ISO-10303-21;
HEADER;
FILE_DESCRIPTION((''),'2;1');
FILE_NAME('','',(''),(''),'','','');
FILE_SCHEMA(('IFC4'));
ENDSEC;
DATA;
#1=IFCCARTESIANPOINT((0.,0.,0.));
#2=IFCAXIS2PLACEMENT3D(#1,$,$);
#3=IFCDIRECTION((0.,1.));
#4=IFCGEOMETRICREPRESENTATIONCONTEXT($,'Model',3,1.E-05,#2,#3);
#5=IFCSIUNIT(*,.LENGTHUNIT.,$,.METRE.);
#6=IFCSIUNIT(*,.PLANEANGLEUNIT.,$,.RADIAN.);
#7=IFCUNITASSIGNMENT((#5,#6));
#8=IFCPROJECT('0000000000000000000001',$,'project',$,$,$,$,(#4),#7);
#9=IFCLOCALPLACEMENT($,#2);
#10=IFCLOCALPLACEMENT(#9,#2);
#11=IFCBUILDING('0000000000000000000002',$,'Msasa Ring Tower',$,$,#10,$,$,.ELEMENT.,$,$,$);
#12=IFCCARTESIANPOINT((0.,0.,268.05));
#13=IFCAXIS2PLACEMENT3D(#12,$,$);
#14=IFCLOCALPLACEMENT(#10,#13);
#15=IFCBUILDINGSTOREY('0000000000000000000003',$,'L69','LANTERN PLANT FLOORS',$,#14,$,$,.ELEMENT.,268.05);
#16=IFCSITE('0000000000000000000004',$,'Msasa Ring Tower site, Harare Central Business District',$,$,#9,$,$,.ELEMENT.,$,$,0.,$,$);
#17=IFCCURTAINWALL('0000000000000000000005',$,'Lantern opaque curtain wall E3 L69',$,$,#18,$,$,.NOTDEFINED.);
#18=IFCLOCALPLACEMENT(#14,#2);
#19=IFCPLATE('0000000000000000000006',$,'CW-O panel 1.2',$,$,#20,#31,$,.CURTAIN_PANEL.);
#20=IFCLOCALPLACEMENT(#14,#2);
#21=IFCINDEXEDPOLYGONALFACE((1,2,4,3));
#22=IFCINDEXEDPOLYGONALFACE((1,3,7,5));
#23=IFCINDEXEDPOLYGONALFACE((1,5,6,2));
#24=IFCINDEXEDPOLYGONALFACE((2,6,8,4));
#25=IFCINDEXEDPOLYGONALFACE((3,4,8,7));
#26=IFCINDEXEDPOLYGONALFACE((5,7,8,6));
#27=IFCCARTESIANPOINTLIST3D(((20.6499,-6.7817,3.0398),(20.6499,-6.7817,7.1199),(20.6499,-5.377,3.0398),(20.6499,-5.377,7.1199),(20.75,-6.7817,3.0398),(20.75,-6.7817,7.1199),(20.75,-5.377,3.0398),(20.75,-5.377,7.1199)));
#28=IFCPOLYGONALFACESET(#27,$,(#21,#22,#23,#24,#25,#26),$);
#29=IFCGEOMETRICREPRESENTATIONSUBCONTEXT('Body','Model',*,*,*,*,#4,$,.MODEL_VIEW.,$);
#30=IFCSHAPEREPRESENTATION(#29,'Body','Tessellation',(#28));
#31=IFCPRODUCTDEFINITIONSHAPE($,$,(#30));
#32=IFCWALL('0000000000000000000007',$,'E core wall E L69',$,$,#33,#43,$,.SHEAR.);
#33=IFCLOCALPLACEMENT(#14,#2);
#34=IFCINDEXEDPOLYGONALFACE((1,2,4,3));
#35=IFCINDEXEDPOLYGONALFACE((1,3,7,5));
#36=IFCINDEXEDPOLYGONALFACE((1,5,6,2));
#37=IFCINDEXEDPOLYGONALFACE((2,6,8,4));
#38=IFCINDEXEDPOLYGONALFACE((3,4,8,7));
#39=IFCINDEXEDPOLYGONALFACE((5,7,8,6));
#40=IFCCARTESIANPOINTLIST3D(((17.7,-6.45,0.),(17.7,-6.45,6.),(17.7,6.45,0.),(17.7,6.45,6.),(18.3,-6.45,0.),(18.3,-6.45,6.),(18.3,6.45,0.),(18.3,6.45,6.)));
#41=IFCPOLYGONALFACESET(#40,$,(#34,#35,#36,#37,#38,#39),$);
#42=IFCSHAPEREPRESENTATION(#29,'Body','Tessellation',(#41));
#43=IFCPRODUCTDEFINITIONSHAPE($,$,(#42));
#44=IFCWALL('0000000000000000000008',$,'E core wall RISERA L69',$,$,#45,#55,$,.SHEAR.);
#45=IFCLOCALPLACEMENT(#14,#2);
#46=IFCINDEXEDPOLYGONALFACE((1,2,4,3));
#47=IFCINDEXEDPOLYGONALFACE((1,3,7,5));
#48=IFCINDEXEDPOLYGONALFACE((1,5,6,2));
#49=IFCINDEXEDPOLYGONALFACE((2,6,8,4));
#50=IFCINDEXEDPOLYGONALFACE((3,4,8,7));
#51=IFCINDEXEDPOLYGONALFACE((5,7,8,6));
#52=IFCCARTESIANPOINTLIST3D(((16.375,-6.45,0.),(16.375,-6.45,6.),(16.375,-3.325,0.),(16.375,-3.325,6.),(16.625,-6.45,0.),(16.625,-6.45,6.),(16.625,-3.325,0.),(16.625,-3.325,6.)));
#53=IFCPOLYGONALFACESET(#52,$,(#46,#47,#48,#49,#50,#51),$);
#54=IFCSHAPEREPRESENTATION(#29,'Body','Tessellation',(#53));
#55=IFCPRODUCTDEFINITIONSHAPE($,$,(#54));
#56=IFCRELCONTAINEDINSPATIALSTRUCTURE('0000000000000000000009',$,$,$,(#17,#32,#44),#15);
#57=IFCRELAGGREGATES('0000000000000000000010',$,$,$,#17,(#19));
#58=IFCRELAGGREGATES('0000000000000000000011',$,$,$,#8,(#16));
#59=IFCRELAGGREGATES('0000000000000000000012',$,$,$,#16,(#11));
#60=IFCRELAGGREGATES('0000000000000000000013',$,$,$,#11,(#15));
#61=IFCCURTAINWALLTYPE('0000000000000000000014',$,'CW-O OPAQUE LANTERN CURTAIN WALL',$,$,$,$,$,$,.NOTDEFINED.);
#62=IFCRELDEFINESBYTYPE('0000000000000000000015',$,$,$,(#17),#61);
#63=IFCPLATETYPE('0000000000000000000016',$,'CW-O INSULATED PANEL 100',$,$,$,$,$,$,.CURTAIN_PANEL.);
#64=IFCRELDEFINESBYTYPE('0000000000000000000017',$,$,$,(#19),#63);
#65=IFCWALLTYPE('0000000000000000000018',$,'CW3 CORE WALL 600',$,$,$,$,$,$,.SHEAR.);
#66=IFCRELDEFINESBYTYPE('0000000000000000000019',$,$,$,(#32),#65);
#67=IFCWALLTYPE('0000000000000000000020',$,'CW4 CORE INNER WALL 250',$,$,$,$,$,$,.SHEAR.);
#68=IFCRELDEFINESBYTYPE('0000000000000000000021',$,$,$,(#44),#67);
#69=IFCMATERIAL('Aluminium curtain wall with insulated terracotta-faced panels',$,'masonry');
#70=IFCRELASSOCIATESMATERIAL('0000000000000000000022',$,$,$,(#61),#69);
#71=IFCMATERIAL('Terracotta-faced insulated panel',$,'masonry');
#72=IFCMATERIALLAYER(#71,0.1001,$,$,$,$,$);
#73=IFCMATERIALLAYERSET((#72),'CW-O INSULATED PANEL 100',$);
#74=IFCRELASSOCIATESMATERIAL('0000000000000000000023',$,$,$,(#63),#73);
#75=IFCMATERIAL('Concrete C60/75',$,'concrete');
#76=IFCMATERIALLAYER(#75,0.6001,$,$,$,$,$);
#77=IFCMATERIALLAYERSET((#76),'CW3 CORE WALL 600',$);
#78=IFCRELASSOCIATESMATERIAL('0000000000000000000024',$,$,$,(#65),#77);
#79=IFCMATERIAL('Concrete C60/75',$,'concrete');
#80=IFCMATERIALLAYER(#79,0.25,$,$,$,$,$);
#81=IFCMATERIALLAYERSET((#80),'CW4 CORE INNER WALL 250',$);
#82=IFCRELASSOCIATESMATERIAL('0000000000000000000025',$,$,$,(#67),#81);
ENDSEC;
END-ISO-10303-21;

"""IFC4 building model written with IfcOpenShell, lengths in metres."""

from ifc_helpers import new_model, si_unit, direction, frame, frame_2d, origin, origin_2d, place, context, subcontext, project, spatial, rectangle, extrude, material, layer, layer_set, type_object, element, aggregate, save


model = new_model("IFC4")

# Units and contexts
model_context = context("Model", 3, precision=1e-05, world=origin(), true_north=direction((0.0, 1.0)))
body_context = subcontext(model_context, "Body", "Model", "MODEL_VIEW")
ifc_project = project(units=[si_unit("LENGTHUNIT", "METRE"), si_unit("PLANEANGLEUNIT", "RADIAN")], contexts=[model_context])

# Site, building, storey
site_placement = place(None, origin())
site = spatial("IfcSite", under=ifc_project, at=site_placement, Name="Msasa Ring Tower site, Harare Central Business District", CompositionType="ELEMENT", RefElevation=0.0)
building_placement = place(site_placement, origin())
building = spatial("IfcBuilding", under=site, at=building_placement, Name="Msasa Ring Tower", CompositionType="ELEMENT")
storey_placement = place(building_placement, frame((0.0, 0.0, 268.05)))
storey = spatial("IfcBuildingStorey", under=building, at=storey_placement, Name="L69", Description="LANTERN PLANT FLOORS", CompositionType="ELEMENT", Elevation=268.05)

# Curtain wall
ifc_material_1 = material(Name="Aluminium curtain wall with insulated terracotta-faced panels", Category="masonry")
curtain_wall_type_1 = type_object("IfcCurtainWallType", Name="CW-O OPAQUE LANTERN CURTAIN WALL", PredefinedType="NOTDEFINED", material=ifc_material_1)
curtain_wall_1_placement = place(storey_placement, origin())
curtain_wall_1 = element("IfcCurtainWall", 1, at=curtain_wall_1_placement, inside=storey, type_object=curtain_wall_type_1, Name="Lantern opaque curtain wall E3 L69", PredefinedType="NOTDEFINED")

# Plate
ifc_material_2 = material(Name="Terracotta-faced insulated panel", Category="masonry")
ifc_layer_1 = layer(ifc_material_2, 0.1001)
ifc_layer_set_1 = layer_set([ifc_layer_1], Name="CW-O INSULATED PANEL 100")
plate_type_1 = type_object("IfcPlateType", Name="CW-O INSULATED PANEL 100", PredefinedType="CURTAIN_PANEL", material=ifc_layer_set_1)
plate_1_placement = place(storey_placement, frame((20.7, -6.0793, 3.0398), z_axis=(0.0, 0.0, 1.0), x_axis=(0.0, 1.0, 0.0)))
plate_1 = element("IfcPlate", 2, at=plate_1_placement, type_object=plate_type_1, Name="CW-O panel 1.2", PredefinedType="CURTAIN_PANEL", context=body_context, shape_type="SweptSolid", body=[
    extrude(rectangle(XDim=1.4048, YDim=0.1001, at=origin_2d()), origin(), (0.0, 0.0, 1.0), 4.0801),
])
aggregate(curtain_wall_1, [plate_1])

# Walls
ifc_material_3 = material(Name="Concrete C60/75", Category="concrete")
ifc_layer_2 = layer(ifc_material_3, 0.6001)
ifc_layer_set_2 = layer_set([ifc_layer_2], Name="CW3 CORE WALL 600")
wall_type_1 = type_object("IfcWallType", Name="CW3 CORE WALL 600", PredefinedType="SHEAR", material=ifc_layer_set_2)
wall_1_placement = place(storey_placement, frame((18.0, -6.45, 0.0), z_axis=(0.0, 0.0, 1.0), x_axis=(0.0, 1.0, 0.0)))
element("IfcWall", 3, at=wall_1_placement, inside=storey, type_object=wall_type_1, Name="E core wall E L69", PredefinedType="SHEAR", context=body_context, shape_type="SweptSolid", body=[
    extrude(rectangle(XDim=12.8999, YDim=0.6001, at=frame_2d((6.45, 0.0))), origin(), (0.0, 0.0, 1.0), 6.0),
])
ifc_material_4 = material(Name="Concrete C60/75", Category="concrete")
ifc_layer_3 = layer(ifc_material_4, 0.25)
ifc_layer_set_3 = layer_set([ifc_layer_3], Name="CW4 CORE INNER WALL 250")
wall_type_2 = type_object("IfcWallType", Name="CW4 CORE INNER WALL 250", PredefinedType="SHEAR", material=ifc_layer_set_3)
wall_2_placement = place(storey_placement, frame((16.5, -6.45, 0.0), z_axis=(0.0, 0.0, 1.0), x_axis=(0.0, 1.0, 0.0)))
element("IfcWall", 4, at=wall_2_placement, inside=storey, type_object=wall_type_2, Name="E core wall RISERA L69", PredefinedType="SHEAR", context=body_context, shape_type="SweptSolid", body=[
    extrude(rectangle(XDim=3.125, YDim=0.25, at=frame_2d((1.5625, 0.0))), origin(), (0.0, 0.0, 1.0), 6.0),
])

save(model, "model.ifc")
